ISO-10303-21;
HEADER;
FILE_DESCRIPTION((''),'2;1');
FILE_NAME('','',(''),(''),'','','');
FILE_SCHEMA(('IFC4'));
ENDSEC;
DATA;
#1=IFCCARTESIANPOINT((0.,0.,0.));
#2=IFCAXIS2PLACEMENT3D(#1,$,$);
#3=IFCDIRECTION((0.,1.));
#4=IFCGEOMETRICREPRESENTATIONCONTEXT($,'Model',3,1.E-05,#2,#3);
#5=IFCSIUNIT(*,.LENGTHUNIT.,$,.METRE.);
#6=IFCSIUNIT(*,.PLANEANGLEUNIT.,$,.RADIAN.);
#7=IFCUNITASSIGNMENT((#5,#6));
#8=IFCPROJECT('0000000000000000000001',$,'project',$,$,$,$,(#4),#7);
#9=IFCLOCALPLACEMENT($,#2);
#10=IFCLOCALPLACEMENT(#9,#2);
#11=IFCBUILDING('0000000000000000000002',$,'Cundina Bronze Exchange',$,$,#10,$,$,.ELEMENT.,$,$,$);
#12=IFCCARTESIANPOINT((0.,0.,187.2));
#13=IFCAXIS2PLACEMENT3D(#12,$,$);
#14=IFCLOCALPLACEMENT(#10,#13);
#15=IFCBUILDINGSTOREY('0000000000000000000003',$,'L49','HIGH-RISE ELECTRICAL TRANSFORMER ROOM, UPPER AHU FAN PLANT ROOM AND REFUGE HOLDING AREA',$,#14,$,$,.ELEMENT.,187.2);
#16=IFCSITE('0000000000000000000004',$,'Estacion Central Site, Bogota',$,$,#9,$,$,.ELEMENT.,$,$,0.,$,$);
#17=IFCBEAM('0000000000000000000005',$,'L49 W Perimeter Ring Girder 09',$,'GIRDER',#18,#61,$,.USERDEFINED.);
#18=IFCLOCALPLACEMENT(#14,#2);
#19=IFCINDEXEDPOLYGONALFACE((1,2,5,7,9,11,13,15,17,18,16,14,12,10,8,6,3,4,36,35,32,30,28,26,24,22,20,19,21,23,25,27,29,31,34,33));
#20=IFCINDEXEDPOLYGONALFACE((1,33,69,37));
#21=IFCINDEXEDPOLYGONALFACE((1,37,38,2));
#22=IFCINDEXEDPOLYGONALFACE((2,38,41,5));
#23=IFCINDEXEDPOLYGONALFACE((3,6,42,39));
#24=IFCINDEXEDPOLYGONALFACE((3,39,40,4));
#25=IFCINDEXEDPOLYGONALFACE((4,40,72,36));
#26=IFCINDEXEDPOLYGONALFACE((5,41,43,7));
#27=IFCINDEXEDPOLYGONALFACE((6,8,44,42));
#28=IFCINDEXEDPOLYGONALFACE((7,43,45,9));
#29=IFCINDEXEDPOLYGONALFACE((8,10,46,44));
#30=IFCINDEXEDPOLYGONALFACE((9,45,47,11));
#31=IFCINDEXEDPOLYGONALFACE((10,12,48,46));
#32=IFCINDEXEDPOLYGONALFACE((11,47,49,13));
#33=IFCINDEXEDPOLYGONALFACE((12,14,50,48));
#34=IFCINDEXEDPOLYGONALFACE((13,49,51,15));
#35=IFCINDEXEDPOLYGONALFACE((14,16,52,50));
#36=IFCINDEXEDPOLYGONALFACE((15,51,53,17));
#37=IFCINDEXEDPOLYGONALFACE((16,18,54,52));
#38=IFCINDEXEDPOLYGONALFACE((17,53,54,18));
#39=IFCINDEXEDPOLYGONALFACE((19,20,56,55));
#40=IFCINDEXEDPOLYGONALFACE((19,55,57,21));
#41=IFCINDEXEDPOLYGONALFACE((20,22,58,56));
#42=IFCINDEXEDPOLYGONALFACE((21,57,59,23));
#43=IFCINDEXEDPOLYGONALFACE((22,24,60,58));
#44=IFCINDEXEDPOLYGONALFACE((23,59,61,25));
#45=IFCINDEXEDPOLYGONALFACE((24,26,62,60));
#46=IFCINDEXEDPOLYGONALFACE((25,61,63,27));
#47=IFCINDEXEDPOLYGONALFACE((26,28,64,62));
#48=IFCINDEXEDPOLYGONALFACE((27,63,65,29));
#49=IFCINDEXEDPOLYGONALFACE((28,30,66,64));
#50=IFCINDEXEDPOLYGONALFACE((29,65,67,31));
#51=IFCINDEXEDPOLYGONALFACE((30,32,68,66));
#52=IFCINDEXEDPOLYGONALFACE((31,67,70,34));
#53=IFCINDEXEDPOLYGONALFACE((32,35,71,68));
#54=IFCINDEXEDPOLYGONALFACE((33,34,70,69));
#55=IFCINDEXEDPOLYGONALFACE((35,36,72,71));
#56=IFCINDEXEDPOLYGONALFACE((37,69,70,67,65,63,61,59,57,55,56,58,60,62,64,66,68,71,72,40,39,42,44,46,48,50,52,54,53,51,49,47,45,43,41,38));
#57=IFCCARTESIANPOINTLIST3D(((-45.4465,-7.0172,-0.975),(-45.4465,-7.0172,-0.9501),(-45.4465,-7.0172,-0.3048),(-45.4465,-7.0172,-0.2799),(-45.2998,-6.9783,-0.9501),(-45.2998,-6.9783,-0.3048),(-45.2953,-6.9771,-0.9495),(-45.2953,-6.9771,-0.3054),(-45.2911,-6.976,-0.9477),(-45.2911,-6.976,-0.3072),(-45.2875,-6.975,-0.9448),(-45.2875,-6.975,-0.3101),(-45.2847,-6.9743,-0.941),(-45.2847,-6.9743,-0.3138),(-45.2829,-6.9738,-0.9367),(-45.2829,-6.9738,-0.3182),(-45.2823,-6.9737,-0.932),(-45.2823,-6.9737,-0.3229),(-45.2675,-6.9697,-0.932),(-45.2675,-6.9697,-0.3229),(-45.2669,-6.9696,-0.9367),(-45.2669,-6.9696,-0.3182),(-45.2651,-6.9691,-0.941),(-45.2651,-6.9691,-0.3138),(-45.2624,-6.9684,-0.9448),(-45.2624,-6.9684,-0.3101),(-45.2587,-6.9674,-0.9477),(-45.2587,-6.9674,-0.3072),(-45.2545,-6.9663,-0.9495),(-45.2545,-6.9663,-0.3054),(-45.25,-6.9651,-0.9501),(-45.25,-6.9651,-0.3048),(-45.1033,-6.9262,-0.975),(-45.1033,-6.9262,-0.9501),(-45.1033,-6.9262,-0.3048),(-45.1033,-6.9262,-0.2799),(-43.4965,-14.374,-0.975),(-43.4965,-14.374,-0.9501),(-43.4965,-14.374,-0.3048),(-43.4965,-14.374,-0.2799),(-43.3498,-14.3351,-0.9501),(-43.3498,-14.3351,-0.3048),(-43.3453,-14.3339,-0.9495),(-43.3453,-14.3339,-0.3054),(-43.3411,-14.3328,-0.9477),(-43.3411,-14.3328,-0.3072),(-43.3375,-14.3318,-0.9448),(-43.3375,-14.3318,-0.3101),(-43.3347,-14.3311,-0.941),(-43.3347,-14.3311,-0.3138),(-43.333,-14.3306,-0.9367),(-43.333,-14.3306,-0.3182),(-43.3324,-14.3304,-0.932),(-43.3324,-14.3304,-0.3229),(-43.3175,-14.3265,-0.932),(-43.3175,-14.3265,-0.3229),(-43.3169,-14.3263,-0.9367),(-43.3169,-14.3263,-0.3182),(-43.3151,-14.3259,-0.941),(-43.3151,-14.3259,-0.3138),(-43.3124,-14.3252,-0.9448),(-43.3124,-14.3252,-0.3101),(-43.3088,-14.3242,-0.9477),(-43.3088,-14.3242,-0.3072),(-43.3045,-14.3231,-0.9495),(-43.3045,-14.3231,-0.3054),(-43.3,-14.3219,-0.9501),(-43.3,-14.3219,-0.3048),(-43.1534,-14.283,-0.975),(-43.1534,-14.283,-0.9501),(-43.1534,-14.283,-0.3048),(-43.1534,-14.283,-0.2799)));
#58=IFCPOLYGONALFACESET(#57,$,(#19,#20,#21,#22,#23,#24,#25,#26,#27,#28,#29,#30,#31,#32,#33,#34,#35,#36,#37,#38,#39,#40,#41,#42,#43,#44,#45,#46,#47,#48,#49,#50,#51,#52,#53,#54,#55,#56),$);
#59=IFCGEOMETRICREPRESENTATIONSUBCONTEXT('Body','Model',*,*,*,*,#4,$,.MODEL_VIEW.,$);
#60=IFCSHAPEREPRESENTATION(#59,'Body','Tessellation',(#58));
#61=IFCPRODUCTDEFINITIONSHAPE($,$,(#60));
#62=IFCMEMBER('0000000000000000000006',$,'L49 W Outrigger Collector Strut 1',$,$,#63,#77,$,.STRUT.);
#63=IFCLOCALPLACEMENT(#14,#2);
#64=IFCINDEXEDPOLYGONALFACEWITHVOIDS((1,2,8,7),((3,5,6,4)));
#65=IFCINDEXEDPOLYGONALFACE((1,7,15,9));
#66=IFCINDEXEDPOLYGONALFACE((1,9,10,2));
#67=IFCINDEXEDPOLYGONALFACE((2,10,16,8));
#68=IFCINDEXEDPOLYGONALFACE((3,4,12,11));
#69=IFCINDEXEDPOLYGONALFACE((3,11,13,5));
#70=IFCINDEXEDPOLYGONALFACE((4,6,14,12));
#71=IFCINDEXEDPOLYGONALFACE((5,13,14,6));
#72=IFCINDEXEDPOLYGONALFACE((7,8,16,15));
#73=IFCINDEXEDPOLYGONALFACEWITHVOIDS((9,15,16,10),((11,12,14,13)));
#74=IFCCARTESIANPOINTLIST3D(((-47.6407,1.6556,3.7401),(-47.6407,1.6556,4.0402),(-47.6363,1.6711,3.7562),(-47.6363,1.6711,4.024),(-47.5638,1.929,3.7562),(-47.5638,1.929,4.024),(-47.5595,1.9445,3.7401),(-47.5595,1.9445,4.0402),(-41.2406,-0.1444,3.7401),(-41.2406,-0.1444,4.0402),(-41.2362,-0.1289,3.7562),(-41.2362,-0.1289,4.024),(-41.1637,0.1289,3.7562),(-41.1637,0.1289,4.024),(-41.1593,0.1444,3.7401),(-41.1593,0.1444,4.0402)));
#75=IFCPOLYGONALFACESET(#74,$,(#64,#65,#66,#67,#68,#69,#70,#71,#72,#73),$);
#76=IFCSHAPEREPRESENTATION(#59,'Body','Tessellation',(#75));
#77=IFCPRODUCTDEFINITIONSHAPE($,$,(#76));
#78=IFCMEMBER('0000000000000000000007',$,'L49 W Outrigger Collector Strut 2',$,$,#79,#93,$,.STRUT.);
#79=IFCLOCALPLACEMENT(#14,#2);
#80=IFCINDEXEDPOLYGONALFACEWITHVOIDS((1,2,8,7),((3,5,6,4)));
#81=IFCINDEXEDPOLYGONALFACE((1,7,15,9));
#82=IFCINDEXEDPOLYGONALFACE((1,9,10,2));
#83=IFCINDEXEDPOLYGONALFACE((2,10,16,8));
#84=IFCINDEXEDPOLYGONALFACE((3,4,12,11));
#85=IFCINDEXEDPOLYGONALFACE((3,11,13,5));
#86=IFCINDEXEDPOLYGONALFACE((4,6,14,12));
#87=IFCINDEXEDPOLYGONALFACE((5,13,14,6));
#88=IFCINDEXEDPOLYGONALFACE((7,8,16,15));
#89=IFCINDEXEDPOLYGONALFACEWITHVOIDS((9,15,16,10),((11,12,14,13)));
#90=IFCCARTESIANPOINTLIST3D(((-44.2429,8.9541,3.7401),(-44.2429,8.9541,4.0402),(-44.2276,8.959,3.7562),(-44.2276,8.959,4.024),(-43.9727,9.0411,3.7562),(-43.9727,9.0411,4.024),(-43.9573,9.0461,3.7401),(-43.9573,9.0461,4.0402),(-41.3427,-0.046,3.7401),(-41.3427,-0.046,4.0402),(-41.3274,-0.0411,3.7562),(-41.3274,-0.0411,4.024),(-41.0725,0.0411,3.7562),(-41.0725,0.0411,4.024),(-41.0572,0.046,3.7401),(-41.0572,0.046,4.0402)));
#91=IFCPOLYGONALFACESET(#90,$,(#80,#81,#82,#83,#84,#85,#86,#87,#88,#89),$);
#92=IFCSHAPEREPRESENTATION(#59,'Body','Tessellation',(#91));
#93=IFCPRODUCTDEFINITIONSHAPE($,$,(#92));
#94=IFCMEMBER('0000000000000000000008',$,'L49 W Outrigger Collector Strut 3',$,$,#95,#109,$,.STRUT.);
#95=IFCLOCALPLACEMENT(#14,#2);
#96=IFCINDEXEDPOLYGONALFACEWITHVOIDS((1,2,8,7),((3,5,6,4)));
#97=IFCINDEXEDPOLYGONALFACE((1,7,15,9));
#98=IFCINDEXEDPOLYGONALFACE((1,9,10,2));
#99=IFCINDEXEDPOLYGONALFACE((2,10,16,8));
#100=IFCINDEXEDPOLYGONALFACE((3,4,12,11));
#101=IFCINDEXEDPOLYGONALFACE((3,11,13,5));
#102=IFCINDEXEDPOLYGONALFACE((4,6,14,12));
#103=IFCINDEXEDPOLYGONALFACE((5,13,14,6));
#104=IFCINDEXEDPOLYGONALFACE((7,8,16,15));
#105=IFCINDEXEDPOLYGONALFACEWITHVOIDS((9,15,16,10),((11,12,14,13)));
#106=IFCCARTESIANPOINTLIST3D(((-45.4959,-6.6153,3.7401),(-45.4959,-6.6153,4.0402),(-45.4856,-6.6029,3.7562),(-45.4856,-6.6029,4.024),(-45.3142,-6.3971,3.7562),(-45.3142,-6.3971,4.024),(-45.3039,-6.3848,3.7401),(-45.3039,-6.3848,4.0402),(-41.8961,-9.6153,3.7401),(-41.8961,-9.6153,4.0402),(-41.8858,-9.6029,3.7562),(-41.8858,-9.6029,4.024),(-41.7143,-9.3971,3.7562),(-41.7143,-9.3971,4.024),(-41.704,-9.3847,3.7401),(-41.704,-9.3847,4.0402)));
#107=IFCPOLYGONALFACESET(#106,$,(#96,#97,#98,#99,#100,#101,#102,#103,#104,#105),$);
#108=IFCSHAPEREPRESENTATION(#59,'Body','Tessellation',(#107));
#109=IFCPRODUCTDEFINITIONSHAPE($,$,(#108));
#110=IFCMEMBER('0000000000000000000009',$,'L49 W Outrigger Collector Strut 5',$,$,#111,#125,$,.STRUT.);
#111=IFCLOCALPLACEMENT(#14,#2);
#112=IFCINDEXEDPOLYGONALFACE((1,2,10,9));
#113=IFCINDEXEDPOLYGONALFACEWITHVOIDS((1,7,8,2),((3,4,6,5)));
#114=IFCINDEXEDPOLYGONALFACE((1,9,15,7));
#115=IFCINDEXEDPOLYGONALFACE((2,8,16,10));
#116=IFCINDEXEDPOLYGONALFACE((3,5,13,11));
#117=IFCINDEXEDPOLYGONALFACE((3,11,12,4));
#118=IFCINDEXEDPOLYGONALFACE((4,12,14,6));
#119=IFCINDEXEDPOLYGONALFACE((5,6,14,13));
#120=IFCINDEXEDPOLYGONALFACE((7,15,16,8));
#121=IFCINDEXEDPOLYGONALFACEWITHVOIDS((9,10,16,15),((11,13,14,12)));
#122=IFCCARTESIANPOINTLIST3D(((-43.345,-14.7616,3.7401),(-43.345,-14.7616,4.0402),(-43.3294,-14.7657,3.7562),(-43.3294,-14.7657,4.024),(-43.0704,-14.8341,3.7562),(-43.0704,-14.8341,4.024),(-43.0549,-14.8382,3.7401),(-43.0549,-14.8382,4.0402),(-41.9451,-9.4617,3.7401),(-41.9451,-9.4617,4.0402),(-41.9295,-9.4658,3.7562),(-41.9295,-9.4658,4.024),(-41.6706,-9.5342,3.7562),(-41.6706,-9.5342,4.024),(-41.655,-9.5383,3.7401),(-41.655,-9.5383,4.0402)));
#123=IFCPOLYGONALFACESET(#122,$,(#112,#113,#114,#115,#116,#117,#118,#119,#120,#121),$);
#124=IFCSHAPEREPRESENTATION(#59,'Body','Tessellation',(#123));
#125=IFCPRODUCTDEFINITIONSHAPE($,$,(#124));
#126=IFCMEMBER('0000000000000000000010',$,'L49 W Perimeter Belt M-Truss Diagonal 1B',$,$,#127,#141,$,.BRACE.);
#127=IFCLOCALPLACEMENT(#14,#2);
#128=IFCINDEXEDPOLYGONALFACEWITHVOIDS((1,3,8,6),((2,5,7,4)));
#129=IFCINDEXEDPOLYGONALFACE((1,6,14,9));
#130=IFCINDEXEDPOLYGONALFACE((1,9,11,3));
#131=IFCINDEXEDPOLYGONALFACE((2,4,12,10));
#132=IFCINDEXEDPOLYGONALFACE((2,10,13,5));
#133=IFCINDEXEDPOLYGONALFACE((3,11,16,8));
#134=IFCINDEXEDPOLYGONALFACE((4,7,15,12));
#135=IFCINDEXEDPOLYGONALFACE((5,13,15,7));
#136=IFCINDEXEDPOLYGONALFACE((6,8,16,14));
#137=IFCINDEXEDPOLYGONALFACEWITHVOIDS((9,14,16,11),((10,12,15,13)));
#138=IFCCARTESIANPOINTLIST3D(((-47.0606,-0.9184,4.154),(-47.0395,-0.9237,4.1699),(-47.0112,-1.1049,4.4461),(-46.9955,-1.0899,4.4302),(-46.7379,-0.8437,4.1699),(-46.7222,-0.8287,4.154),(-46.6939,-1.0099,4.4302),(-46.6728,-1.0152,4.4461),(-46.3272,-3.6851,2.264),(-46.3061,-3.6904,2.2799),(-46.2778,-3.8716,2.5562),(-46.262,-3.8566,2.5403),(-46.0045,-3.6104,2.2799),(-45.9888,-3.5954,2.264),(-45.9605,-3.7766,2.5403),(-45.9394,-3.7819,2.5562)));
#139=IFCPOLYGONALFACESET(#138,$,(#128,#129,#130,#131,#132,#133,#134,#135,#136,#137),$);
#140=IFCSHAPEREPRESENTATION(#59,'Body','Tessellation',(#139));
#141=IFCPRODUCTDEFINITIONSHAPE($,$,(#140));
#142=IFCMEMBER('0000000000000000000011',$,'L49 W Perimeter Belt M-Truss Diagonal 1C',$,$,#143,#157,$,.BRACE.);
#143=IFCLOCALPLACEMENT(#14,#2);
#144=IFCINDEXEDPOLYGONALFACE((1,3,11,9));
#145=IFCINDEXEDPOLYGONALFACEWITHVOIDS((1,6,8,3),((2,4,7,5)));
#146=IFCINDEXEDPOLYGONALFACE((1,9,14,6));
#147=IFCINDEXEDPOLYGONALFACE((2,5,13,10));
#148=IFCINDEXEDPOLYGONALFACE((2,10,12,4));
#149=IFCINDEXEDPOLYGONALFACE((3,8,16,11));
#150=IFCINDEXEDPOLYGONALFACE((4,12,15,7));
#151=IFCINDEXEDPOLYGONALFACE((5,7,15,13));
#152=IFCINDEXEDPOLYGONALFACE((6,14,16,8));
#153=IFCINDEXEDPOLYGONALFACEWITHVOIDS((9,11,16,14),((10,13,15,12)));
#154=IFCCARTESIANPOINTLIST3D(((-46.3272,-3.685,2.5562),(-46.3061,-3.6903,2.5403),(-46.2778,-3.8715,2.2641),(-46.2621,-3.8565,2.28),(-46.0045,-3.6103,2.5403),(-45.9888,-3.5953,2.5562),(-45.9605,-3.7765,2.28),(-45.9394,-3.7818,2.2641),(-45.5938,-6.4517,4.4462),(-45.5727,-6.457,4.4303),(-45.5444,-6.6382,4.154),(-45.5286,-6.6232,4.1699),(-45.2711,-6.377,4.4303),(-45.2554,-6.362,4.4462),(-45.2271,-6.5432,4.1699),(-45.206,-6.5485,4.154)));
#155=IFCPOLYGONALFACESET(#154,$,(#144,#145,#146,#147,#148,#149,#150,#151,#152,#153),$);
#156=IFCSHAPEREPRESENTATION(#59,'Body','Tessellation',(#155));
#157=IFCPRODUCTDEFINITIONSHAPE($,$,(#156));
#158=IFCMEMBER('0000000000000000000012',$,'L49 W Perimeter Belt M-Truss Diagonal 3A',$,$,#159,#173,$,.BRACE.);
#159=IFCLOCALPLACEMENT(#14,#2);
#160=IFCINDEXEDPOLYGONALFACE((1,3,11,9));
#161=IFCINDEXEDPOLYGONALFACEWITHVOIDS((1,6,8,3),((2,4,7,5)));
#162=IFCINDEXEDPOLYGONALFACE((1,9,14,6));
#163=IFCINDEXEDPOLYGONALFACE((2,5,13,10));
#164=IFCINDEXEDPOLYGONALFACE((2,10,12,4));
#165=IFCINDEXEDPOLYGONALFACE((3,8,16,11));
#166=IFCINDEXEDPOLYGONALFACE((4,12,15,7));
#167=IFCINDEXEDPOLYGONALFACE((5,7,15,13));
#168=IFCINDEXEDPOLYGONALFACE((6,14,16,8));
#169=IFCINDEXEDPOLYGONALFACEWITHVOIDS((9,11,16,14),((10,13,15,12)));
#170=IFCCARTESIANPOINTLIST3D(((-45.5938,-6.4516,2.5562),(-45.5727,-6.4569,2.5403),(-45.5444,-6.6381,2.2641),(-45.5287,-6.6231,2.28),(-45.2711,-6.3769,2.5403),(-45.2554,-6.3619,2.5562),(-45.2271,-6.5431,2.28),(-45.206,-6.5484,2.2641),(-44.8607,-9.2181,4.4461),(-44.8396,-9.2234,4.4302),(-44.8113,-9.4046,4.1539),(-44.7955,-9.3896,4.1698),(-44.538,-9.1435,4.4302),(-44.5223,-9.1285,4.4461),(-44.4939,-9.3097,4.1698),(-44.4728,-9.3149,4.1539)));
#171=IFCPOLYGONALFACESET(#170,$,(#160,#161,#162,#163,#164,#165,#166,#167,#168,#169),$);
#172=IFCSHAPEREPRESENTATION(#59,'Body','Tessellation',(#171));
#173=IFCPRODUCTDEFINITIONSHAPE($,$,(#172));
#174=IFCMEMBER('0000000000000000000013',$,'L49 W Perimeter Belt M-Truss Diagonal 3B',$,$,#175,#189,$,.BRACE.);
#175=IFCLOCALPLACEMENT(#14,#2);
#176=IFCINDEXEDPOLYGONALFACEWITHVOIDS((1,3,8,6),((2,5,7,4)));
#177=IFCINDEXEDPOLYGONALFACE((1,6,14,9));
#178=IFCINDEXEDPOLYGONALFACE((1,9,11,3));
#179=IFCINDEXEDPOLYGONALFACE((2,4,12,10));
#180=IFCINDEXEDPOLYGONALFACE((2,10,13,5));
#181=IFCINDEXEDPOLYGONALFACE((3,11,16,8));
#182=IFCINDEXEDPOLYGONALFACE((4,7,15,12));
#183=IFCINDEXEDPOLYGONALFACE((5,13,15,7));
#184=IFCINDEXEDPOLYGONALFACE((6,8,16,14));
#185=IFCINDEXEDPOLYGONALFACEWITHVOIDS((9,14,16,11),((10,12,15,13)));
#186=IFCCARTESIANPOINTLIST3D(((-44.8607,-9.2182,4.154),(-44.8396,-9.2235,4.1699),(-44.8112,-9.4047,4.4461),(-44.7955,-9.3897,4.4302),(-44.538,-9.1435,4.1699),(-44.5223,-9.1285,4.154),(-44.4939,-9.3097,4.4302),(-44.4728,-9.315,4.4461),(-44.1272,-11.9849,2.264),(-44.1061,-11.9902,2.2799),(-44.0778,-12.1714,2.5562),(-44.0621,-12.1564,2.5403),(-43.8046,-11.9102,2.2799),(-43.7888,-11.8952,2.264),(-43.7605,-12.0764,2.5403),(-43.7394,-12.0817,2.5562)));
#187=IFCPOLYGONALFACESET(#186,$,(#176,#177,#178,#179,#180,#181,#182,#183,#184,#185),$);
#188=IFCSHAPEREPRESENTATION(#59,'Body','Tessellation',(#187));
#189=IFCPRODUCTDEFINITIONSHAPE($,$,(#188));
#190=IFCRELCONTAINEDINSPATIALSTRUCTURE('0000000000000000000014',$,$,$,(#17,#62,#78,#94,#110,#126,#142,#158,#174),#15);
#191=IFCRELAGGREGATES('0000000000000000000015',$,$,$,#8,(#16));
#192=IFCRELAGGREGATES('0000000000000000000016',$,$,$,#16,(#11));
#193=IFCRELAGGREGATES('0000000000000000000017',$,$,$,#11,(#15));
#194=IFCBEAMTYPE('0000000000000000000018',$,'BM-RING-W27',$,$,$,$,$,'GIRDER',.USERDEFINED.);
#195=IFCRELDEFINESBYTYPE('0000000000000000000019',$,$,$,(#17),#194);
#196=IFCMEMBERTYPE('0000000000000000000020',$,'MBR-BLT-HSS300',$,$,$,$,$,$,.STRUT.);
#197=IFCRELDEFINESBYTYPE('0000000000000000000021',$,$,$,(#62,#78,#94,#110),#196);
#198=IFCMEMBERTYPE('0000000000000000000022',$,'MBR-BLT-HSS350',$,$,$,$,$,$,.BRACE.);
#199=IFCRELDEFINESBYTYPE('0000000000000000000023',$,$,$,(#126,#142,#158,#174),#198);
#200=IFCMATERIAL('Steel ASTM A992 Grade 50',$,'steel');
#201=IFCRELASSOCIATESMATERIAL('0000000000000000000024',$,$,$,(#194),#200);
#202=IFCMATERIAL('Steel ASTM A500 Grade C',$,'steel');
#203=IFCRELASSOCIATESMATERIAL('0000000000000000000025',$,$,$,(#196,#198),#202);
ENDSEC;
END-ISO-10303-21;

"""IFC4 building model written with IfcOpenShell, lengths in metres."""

from ifc_helpers import new_model, si_unit, direction, frame, origin, origin_2d, place, context, subcontext, project, spatial, hollow_rectangle, i_section, extrude, material, material_profile, profile_set, type_object, element, save


model = new_model("IFC4")

# Units and contexts
model_context = context("Model", 3, precision=1e-05, world=origin(), true_north=direction((0.0, 1.0)))
body_context = subcontext(model_context, "Body", "Model", "MODEL_VIEW")
ifc_project = project(units=[si_unit("LENGTHUNIT", "METRE"), si_unit("PLANEANGLEUNIT", "RADIAN")], contexts=[model_context])

# Site, building, storey
site_placement = place(None, origin())
site = spatial("IfcSite", under=ifc_project, at=site_placement, Name="Estacion Central Site, Bogota", CompositionType="ELEMENT", RefElevation=0.0)
building_placement = place(site_placement, origin())
building = spatial("IfcBuilding", under=site, at=building_placement, Name="Cundina Bronze Exchange", CompositionType="ELEMENT")
storey_placement = place(building_placement, frame((0.0, 0.0, 187.2)))
storey = spatial("IfcBuildingStorey", under=building, at=storey_placement, Name="L49", Description="HIGH-RISE ELECTRICAL TRANSFORMER ROOM, UPPER AHU FAN PLANT ROOM AND REFUGE HOLDING AREA", CompositionType="ELEMENT", Elevation=187.2)

# Beam
ifc_material_1 = material(Name="Steel ASTM A992 Grade 50", Category="steel")
ifc_material_profile_1 = material_profile(ifc_material_1, i_section(OverallWidth=0.355, OverallDepth=0.6951, WebThickness=0.0154, FlangeThickness=0.0249, FilletRadius=0.0181, at=origin_2d()), Name="W27X146", Category="steel")
ifc_profile_set_1 = profile_set([ifc_material_profile_1], Name="Steel ASTM A992 Grade 50")
beam_type_1 = type_object("IfcBeamType", Name="BM-RING-W27", ElementType="GIRDER", PredefinedType="USERDEFINED", material=ifc_profile_set_1)
beam_1_placement = place(storey_placement, frame((-45.2749, -6.9717, -0.6274), z_axis=(0.256211, -0.966621, 0.0), x_axis=(0.966621, 0.256211, 0.0)))
element("IfcBeam", 1, at=beam_1_placement, inside=storey, type_object=beam_type_1, Name="L49 W Perimeter Ring Girder 09", ObjectType="GIRDER", PredefinedType="USERDEFINED", context=body_context, shape_type="SweptSolid", body=[
    extrude(i_section(OverallWidth=0.355, OverallDepth=0.6951, WebThickness=0.0154, FlangeThickness=0.0249, FilletRadius=0.0181, at=origin_2d()), origin(), (0.0, 0.0, 1.0), 7.6108),
])

# Members
ifc_material_2 = material(Name="Steel ASTM A500 Grade C", Category="steel")
ifc_material_profile_2 = material_profile(ifc_material_2, hollow_rectangle(XDim=0.3, YDim=0.3, WallThickness=0.0161, at=origin_2d()), Name="HSS300X300X16", Category="steel")
ifc_profile_set_2 = profile_set([ifc_material_profile_2], Name="Steel ASTM A500 Grade C")
member_type_1 = type_object("IfcMemberType", Name="MBR-BLT-HSS300", PredefinedType="STRUT", material=ifc_profile_set_2)
member_1_placement = place(storey_placement, frame((-41.2, 0.0, 3.8901), z_axis=(-0.962651, 0.270747, 0.0), x_axis=(-0.270747, -0.962651, 0.0)))
element("IfcMember", 2, at=member_1_placement, inside=storey, type_object=member_type_1, Name="L49 W Outrigger Collector Strut 1", PredefinedType="STRUT", context=body_context, shape_type="SweptSolid", body=[
    extrude(hollow_rectangle(XDim=0.3, YDim=0.3, WallThickness=0.0161, at=origin_2d()), origin(), (0.0, 0.0, 1.0), 6.6484),
])
member_2_placement = place(storey_placement, frame((-41.2, 0.0, 3.8901), z_axis=(-0.306708, 0.951804, 0.0), x_axis=(-0.951804, -0.306708, 0.0)))
element("IfcMember", 3, at=member_2_placement, inside=storey, type_object=member_type_1, Name="L49 W Outrigger Collector Strut 2", PredefinedType="STRUT", context=body_context, shape_type="SweptSolid", body=[
    extrude(hollow_rectangle(XDim=0.3, YDim=0.3, WallThickness=0.0161, at=origin_2d()), origin(), (0.0, 0.0, 1.0), 9.4558),
])
member_3_placement = place(storey_placement, frame((-41.8, -9.5, 3.8901), z_axis=(-0.768208, 0.6402, 0.0), x_axis=(-0.6402, -0.768208, 0.0)))
element("IfcMember", 4, at=member_3_placement, inside=storey, type_object=member_type_1, Name="L49 W Outrigger Collector Strut 3", PredefinedType="STRUT", context=body_context, shape_type="SweptSolid", body=[
    extrude(hollow_rectangle(XDim=0.3, YDim=0.3, WallThickness=0.0161, at=origin_2d()), origin(), (0.0, 0.0, 1.0), 4.686),
])
member_4_placement = place(storey_placement, frame((-41.8, -9.5, 3.8901), z_axis=(-0.255372, -0.966843, 0.0), x_axis=(0.966843, -0.255372, 0.0)))
element("IfcMember", 5, at=member_4_placement, inside=storey, type_object=member_type_1, Name="L49 W Outrigger Collector Strut 5", PredefinedType="STRUT", context=body_context, shape_type="SweptSolid", body=[
    extrude(hollow_rectangle(XDim=0.3, YDim=0.3, WallThickness=0.0161, at=origin_2d()), origin(), (0.0, 0.0, 1.0), 5.4817),
])
ifc_material_profile_3 = material_profile(ifc_material_2, hollow_rectangle(XDim=0.3501, YDim=0.3501, WallThickness=0.019, at=origin_2d()), Name="HSS350X350X19", Category="steel")
ifc_profile_set_3 = profile_set([ifc_material_profile_3], Name="Steel ASTM A500 Grade C")
member_type_2 = type_object("IfcMemberType", Name="MBR-BLT-HSS350", PredefinedType="BRACE", material=ifc_profile_set_3)
for number, where, z_axis, x_axis, name in (
    (6, (-46.8667, -0.9668, 4.3), (0.21383, -0.806632, -0.551018), (0.966613, 0.25624, 0.0), "L49 W Perimeter Belt M-Truss Diagonal 1B"),
    (7, (-46.1333, -3.7334, 2.4102), (0.21383, -0.806632, 0.551018), (0.966613, 0.25624, 0.0), "L49 W Perimeter Belt M-Truss Diagonal 1C"),
):
    element("IfcMember", number, at=place(storey_placement, frame(where, z_axis=z_axis, x_axis=x_axis)), inside=storey, type_object=member_type_2, Name=name, PredefinedType="BRACE", context=body_context, shape_type="SweptSolid", body=[
        extrude(hollow_rectangle(XDim=0.3501, YDim=0.3501, WallThickness=0.019, at=origin_2d()), origin(), (0.0, 0.0, 1.0), 3.4299),
    ])
member_5_placement = place(storey_placement, frame((-45.3999, -6.5, 2.4102), z_axis=(0.213762, -0.806644, 0.551027), x_axis=(0.966634, 0.25616, 0.0)))
element("IfcMember", 8, at=member_5_placement, inside=storey, type_object=member_type_2, Name="L49 W Perimeter Belt M-Truss Diagonal 3A", PredefinedType="BRACE", context=body_context, shape_type="SweptSolid", body=[
    extrude(hollow_rectangle(XDim=0.3501, YDim=0.3501, WallThickness=0.019, at=origin_2d()), origin(), (0.0, 0.0, 1.0), 3.4297),
])
member_6_placement = place(storey_placement, frame((-44.6667, -9.2666, 4.3), z_axis=(0.21383, -0.806632, -0.551018), x_axis=(0.966613, 0.25624, 0.0)))
element("IfcMember", 9, at=member_6_placement, inside=storey, type_object=member_type_2, Name="L49 W Perimeter Belt M-Truss Diagonal 3B", PredefinedType="BRACE", context=body_context, shape_type="SweptSolid", body=[
    extrude(hollow_rectangle(XDim=0.3501, YDim=0.3501, WallThickness=0.019, at=origin_2d()), origin(), (0.0, 0.0, 1.0), 3.4299),
])

save(model, "model.ifc")
